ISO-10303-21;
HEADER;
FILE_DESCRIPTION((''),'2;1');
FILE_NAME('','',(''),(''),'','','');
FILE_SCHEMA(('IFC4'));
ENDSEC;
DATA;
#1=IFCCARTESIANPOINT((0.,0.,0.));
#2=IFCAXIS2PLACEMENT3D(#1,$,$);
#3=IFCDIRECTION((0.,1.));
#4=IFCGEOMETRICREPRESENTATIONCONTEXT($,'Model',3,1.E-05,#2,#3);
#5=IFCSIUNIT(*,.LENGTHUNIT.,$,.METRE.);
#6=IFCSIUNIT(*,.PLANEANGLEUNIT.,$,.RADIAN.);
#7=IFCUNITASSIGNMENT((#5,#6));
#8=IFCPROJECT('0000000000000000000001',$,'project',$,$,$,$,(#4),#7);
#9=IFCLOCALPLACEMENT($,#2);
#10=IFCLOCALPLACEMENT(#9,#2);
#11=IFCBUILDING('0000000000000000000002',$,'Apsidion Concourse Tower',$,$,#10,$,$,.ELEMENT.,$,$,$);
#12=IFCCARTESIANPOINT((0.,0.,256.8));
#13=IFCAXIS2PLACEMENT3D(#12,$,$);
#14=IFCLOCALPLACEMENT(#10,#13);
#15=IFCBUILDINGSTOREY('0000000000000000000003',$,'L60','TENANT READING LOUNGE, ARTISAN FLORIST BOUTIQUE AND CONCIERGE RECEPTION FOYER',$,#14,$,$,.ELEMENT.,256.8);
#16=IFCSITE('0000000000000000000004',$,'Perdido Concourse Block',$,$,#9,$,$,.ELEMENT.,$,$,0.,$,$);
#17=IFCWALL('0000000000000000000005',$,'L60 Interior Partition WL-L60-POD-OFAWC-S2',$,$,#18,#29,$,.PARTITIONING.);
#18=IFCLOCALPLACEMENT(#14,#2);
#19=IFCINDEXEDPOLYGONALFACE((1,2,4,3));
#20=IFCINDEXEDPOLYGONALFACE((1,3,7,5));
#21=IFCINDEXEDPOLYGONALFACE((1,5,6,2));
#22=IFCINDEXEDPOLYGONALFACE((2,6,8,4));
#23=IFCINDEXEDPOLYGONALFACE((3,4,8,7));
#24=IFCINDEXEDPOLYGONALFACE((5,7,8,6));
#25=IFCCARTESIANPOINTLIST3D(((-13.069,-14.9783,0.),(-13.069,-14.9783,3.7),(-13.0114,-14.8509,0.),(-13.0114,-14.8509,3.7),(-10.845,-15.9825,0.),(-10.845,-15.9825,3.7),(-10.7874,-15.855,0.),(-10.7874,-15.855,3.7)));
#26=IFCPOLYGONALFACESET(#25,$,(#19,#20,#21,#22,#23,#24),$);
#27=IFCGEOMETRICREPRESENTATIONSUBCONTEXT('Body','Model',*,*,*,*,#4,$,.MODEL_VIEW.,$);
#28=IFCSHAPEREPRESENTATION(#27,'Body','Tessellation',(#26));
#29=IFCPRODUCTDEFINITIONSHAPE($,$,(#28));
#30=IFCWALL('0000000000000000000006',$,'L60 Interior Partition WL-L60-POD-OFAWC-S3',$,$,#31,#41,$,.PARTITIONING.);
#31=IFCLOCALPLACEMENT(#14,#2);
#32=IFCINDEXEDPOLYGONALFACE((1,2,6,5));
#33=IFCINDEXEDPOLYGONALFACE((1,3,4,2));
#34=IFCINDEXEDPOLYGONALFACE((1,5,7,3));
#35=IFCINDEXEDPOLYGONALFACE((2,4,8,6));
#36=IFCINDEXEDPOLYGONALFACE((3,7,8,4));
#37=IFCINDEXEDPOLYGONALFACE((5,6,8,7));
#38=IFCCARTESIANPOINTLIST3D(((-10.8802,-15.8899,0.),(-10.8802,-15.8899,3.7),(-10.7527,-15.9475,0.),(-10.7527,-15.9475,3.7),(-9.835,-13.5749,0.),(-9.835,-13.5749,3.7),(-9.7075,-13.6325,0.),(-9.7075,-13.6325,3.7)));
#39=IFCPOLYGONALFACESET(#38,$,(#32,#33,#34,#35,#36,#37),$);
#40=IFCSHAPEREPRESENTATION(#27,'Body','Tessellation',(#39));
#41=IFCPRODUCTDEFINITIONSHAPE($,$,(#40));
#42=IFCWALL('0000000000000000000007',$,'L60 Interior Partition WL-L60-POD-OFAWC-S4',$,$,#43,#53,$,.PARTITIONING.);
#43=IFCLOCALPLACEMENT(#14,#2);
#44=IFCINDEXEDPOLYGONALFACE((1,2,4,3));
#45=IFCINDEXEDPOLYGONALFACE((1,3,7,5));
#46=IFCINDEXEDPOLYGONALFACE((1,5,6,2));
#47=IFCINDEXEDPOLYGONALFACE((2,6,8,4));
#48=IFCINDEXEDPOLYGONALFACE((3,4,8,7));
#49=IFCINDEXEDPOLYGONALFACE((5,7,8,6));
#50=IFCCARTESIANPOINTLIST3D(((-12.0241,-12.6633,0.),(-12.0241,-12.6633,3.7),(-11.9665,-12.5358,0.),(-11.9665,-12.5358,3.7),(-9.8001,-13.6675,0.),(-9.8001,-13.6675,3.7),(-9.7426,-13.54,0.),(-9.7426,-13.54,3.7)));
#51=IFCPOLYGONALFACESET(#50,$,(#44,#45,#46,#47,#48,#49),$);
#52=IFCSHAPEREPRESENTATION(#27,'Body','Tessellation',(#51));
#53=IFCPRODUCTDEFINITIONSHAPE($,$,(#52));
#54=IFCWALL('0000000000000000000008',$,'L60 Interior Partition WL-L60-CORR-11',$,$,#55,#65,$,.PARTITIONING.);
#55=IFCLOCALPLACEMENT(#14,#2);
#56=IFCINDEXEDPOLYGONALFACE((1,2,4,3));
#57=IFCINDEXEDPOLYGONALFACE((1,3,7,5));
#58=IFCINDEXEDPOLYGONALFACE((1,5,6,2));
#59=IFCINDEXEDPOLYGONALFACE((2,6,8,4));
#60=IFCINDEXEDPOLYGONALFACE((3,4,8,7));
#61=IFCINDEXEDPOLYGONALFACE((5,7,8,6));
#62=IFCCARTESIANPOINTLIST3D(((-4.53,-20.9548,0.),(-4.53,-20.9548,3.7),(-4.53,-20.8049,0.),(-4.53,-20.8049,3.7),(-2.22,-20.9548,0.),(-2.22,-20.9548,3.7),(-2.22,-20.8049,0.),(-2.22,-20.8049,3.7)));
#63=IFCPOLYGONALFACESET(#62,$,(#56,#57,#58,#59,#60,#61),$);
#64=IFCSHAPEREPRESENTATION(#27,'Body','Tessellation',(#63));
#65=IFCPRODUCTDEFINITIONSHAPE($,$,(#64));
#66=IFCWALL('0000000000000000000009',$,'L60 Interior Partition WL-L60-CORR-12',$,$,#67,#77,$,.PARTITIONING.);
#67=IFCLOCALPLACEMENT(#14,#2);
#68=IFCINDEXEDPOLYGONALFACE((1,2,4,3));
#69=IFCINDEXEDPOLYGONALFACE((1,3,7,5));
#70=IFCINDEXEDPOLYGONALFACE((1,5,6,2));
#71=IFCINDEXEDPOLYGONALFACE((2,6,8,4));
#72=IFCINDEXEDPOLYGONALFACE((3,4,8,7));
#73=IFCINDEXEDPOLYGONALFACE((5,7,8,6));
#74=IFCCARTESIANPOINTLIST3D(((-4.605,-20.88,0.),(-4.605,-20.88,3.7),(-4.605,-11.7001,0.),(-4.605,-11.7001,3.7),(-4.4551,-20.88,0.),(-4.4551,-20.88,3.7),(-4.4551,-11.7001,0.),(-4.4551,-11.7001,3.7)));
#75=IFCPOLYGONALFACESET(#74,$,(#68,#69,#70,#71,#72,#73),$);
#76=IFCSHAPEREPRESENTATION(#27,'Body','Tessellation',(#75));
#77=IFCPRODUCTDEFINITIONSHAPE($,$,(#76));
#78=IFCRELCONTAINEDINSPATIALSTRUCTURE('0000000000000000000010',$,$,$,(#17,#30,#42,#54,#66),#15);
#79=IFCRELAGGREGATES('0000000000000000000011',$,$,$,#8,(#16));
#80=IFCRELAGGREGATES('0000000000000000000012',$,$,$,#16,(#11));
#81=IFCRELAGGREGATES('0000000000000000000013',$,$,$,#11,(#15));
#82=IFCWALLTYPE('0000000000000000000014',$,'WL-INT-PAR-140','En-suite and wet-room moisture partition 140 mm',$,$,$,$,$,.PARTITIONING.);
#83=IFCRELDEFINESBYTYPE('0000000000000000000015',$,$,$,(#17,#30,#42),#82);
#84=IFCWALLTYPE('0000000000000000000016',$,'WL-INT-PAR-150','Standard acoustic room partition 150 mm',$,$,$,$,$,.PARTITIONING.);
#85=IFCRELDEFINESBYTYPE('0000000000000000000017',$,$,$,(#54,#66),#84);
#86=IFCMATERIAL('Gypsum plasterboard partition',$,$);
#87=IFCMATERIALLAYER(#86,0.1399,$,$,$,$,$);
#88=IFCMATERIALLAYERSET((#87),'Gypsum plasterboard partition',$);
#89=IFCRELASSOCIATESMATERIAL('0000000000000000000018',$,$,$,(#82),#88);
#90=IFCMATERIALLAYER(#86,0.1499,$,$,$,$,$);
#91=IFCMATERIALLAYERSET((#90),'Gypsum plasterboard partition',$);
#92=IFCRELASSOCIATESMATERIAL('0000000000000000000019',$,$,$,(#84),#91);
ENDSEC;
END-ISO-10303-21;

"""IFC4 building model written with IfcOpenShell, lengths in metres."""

from ifc_helpers import new_model, si_unit, direction, frame, frame_2d, origin, place, context, subcontext, project, spatial, rectangle, extrude, material, layer, layer_set, type_object, element, save


model = new_model("IFC4")

# Units and contexts
model_context = context("Model", 3, precision=1e-05, world=origin(), true_north=direction((0.0, 1.0)))
body_context = subcontext(model_context, "Body", "Model", "MODEL_VIEW")
ifc_project = project(units=[si_unit("LENGTHUNIT", "METRE"), si_unit("PLANEANGLEUNIT", "RADIAN")], contexts=[model_context])

# Site, building, storey
site_placement = place(None, origin())
site = spatial("IfcSite", under=ifc_project, at=site_placement, Name="Perdido Concourse Block", CompositionType="ELEMENT", RefElevation=0.0)
building_placement = place(site_placement, origin())
building = spatial("IfcBuilding", under=site, at=building_placement, Name="Apsidion Concourse Tower", CompositionType="ELEMENT")
storey_placement = place(building_placement, frame((0.0, 0.0, 256.8)))
storey = spatial("IfcBuildingStorey", under=building, at=storey_placement, Name="L60", Description="TENANT READING LOUNGE, ARTISAN FLORIST BOUTIQUE AND CONCIERGE RECEPTION FOYER", CompositionType="ELEMENT", Elevation=256.8)

# Shared definitions
ifc_material_1 = material(Name="Gypsum plasterboard partition")
ifc_layer_1 = layer(ifc_material_1, 0.1399)
ifc_layer_set_1 = layer_set([ifc_layer_1], Name="Gypsum plasterboard partition")
wall_type_1 = type_object("IfcWallType", Name="WL-INT-PAR-140", Description="En-suite and wet-room moisture partition 140 mm", PredefinedType="PARTITIONING", material=ifc_layer_set_1)

# Walls
wall_1_placement = place(storey_placement, frame((-13.0403, -14.9146, 0.0), z_axis=(0.0, 0.0, 1.0), x_axis=(0.911398, -0.411525, 0.0)))
element("IfcWall", 1, at=wall_1_placement, inside=storey, type_object=wall_type_1, Name="L60 Interior Partition WL-L60-POD-OFAWC-S2", PredefinedType="PARTITIONING", context=body_context, shape_type="SweptSolid", body=[
    extrude(rectangle(XDim=2.4402, YDim=0.1399, at=frame_2d((1.2202, 0.0))), origin(), (0.0, 0.0, 1.0), 3.7),
])
wall_2_placement = place(storey_placement, frame((-10.8164, -15.9187, 0.0), z_axis=(0.0, 0.0, 1.0), x_axis=(0.411491, 0.911414, 0.0)))
element("IfcWall", 2, at=wall_2_placement, inside=storey, type_object=wall_type_1, Name="L60 Interior Partition WL-L60-POD-OFAWC-S3", PredefinedType="PARTITIONING", context=body_context, shape_type="SweptSolid", body=[
    extrude(rectangle(XDim=2.54, YDim=0.1399, at=frame_2d((1.27, 0.0))), origin(), (0.0, 0.0, 1.0), 3.7),
])
wall_3_placement = place(storey_placement, frame((-9.7712, -13.6038, 0.0), z_axis=(0.0, 0.0, 1.0), x_axis=(-0.911398, 0.411525, 0.0)))
element("IfcWall", 3, at=wall_3_placement, inside=storey, type_object=wall_type_1, Name="L60 Interior Partition WL-L60-POD-OFAWC-S4", PredefinedType="PARTITIONING", context=body_context, shape_type="SweptSolid", body=[
    extrude(rectangle(XDim=2.4402, YDim=0.1399, at=frame_2d((1.2202, 0.0))), origin(), (0.0, 0.0, 1.0), 3.7),
])
ifc_layer_2 = layer(ifc_material_1, 0.1499)
ifc_layer_set_2 = layer_set([ifc_layer_2], Name="Gypsum plasterboard partition")
wall_type_2 = type_object("IfcWallType", Name="WL-INT-PAR-150", Description="Standard acoustic room partition 150 mm", PredefinedType="PARTITIONING", material=ifc_layer_set_2)
wall_4_placement = place(storey_placement, frame((-2.22, -20.8799, 0.0), z_axis=(0.0, 0.0, 1.0), x_axis=(-1.0, 0.0, 0.0)))
element("IfcWall", 4, at=wall_4_placement, inside=storey, type_object=wall_type_2, Name="L60 Interior Partition WL-L60-CORR-11", PredefinedType="PARTITIONING", context=body_context, shape_type="SweptSolid", body=[
    extrude(rectangle(XDim=2.3101, YDim=0.1499, at=frame_2d((1.155, 0.0))), origin(), (0.0, 0.0, 1.0), 3.7),
])
wall_5_placement = place(storey_placement, frame((-4.53, -20.8799, 0.0), z_axis=(0.0, 0.0, 1.0), x_axis=(0.0, 1.0, 0.0)))
element("IfcWall", 5, at=wall_5_placement, inside=storey, type_object=wall_type_2, Name="L60 Interior Partition WL-L60-CORR-12", PredefinedType="PARTITIONING", context=body_context, shape_type="SweptSolid", body=[
    extrude(rectangle(XDim=9.1799, YDim=0.1499, at=frame_2d((4.5898, 0.0))), origin(), (0.0, 0.0, 1.0), 3.7),
])

save(model, "model.ifc")
